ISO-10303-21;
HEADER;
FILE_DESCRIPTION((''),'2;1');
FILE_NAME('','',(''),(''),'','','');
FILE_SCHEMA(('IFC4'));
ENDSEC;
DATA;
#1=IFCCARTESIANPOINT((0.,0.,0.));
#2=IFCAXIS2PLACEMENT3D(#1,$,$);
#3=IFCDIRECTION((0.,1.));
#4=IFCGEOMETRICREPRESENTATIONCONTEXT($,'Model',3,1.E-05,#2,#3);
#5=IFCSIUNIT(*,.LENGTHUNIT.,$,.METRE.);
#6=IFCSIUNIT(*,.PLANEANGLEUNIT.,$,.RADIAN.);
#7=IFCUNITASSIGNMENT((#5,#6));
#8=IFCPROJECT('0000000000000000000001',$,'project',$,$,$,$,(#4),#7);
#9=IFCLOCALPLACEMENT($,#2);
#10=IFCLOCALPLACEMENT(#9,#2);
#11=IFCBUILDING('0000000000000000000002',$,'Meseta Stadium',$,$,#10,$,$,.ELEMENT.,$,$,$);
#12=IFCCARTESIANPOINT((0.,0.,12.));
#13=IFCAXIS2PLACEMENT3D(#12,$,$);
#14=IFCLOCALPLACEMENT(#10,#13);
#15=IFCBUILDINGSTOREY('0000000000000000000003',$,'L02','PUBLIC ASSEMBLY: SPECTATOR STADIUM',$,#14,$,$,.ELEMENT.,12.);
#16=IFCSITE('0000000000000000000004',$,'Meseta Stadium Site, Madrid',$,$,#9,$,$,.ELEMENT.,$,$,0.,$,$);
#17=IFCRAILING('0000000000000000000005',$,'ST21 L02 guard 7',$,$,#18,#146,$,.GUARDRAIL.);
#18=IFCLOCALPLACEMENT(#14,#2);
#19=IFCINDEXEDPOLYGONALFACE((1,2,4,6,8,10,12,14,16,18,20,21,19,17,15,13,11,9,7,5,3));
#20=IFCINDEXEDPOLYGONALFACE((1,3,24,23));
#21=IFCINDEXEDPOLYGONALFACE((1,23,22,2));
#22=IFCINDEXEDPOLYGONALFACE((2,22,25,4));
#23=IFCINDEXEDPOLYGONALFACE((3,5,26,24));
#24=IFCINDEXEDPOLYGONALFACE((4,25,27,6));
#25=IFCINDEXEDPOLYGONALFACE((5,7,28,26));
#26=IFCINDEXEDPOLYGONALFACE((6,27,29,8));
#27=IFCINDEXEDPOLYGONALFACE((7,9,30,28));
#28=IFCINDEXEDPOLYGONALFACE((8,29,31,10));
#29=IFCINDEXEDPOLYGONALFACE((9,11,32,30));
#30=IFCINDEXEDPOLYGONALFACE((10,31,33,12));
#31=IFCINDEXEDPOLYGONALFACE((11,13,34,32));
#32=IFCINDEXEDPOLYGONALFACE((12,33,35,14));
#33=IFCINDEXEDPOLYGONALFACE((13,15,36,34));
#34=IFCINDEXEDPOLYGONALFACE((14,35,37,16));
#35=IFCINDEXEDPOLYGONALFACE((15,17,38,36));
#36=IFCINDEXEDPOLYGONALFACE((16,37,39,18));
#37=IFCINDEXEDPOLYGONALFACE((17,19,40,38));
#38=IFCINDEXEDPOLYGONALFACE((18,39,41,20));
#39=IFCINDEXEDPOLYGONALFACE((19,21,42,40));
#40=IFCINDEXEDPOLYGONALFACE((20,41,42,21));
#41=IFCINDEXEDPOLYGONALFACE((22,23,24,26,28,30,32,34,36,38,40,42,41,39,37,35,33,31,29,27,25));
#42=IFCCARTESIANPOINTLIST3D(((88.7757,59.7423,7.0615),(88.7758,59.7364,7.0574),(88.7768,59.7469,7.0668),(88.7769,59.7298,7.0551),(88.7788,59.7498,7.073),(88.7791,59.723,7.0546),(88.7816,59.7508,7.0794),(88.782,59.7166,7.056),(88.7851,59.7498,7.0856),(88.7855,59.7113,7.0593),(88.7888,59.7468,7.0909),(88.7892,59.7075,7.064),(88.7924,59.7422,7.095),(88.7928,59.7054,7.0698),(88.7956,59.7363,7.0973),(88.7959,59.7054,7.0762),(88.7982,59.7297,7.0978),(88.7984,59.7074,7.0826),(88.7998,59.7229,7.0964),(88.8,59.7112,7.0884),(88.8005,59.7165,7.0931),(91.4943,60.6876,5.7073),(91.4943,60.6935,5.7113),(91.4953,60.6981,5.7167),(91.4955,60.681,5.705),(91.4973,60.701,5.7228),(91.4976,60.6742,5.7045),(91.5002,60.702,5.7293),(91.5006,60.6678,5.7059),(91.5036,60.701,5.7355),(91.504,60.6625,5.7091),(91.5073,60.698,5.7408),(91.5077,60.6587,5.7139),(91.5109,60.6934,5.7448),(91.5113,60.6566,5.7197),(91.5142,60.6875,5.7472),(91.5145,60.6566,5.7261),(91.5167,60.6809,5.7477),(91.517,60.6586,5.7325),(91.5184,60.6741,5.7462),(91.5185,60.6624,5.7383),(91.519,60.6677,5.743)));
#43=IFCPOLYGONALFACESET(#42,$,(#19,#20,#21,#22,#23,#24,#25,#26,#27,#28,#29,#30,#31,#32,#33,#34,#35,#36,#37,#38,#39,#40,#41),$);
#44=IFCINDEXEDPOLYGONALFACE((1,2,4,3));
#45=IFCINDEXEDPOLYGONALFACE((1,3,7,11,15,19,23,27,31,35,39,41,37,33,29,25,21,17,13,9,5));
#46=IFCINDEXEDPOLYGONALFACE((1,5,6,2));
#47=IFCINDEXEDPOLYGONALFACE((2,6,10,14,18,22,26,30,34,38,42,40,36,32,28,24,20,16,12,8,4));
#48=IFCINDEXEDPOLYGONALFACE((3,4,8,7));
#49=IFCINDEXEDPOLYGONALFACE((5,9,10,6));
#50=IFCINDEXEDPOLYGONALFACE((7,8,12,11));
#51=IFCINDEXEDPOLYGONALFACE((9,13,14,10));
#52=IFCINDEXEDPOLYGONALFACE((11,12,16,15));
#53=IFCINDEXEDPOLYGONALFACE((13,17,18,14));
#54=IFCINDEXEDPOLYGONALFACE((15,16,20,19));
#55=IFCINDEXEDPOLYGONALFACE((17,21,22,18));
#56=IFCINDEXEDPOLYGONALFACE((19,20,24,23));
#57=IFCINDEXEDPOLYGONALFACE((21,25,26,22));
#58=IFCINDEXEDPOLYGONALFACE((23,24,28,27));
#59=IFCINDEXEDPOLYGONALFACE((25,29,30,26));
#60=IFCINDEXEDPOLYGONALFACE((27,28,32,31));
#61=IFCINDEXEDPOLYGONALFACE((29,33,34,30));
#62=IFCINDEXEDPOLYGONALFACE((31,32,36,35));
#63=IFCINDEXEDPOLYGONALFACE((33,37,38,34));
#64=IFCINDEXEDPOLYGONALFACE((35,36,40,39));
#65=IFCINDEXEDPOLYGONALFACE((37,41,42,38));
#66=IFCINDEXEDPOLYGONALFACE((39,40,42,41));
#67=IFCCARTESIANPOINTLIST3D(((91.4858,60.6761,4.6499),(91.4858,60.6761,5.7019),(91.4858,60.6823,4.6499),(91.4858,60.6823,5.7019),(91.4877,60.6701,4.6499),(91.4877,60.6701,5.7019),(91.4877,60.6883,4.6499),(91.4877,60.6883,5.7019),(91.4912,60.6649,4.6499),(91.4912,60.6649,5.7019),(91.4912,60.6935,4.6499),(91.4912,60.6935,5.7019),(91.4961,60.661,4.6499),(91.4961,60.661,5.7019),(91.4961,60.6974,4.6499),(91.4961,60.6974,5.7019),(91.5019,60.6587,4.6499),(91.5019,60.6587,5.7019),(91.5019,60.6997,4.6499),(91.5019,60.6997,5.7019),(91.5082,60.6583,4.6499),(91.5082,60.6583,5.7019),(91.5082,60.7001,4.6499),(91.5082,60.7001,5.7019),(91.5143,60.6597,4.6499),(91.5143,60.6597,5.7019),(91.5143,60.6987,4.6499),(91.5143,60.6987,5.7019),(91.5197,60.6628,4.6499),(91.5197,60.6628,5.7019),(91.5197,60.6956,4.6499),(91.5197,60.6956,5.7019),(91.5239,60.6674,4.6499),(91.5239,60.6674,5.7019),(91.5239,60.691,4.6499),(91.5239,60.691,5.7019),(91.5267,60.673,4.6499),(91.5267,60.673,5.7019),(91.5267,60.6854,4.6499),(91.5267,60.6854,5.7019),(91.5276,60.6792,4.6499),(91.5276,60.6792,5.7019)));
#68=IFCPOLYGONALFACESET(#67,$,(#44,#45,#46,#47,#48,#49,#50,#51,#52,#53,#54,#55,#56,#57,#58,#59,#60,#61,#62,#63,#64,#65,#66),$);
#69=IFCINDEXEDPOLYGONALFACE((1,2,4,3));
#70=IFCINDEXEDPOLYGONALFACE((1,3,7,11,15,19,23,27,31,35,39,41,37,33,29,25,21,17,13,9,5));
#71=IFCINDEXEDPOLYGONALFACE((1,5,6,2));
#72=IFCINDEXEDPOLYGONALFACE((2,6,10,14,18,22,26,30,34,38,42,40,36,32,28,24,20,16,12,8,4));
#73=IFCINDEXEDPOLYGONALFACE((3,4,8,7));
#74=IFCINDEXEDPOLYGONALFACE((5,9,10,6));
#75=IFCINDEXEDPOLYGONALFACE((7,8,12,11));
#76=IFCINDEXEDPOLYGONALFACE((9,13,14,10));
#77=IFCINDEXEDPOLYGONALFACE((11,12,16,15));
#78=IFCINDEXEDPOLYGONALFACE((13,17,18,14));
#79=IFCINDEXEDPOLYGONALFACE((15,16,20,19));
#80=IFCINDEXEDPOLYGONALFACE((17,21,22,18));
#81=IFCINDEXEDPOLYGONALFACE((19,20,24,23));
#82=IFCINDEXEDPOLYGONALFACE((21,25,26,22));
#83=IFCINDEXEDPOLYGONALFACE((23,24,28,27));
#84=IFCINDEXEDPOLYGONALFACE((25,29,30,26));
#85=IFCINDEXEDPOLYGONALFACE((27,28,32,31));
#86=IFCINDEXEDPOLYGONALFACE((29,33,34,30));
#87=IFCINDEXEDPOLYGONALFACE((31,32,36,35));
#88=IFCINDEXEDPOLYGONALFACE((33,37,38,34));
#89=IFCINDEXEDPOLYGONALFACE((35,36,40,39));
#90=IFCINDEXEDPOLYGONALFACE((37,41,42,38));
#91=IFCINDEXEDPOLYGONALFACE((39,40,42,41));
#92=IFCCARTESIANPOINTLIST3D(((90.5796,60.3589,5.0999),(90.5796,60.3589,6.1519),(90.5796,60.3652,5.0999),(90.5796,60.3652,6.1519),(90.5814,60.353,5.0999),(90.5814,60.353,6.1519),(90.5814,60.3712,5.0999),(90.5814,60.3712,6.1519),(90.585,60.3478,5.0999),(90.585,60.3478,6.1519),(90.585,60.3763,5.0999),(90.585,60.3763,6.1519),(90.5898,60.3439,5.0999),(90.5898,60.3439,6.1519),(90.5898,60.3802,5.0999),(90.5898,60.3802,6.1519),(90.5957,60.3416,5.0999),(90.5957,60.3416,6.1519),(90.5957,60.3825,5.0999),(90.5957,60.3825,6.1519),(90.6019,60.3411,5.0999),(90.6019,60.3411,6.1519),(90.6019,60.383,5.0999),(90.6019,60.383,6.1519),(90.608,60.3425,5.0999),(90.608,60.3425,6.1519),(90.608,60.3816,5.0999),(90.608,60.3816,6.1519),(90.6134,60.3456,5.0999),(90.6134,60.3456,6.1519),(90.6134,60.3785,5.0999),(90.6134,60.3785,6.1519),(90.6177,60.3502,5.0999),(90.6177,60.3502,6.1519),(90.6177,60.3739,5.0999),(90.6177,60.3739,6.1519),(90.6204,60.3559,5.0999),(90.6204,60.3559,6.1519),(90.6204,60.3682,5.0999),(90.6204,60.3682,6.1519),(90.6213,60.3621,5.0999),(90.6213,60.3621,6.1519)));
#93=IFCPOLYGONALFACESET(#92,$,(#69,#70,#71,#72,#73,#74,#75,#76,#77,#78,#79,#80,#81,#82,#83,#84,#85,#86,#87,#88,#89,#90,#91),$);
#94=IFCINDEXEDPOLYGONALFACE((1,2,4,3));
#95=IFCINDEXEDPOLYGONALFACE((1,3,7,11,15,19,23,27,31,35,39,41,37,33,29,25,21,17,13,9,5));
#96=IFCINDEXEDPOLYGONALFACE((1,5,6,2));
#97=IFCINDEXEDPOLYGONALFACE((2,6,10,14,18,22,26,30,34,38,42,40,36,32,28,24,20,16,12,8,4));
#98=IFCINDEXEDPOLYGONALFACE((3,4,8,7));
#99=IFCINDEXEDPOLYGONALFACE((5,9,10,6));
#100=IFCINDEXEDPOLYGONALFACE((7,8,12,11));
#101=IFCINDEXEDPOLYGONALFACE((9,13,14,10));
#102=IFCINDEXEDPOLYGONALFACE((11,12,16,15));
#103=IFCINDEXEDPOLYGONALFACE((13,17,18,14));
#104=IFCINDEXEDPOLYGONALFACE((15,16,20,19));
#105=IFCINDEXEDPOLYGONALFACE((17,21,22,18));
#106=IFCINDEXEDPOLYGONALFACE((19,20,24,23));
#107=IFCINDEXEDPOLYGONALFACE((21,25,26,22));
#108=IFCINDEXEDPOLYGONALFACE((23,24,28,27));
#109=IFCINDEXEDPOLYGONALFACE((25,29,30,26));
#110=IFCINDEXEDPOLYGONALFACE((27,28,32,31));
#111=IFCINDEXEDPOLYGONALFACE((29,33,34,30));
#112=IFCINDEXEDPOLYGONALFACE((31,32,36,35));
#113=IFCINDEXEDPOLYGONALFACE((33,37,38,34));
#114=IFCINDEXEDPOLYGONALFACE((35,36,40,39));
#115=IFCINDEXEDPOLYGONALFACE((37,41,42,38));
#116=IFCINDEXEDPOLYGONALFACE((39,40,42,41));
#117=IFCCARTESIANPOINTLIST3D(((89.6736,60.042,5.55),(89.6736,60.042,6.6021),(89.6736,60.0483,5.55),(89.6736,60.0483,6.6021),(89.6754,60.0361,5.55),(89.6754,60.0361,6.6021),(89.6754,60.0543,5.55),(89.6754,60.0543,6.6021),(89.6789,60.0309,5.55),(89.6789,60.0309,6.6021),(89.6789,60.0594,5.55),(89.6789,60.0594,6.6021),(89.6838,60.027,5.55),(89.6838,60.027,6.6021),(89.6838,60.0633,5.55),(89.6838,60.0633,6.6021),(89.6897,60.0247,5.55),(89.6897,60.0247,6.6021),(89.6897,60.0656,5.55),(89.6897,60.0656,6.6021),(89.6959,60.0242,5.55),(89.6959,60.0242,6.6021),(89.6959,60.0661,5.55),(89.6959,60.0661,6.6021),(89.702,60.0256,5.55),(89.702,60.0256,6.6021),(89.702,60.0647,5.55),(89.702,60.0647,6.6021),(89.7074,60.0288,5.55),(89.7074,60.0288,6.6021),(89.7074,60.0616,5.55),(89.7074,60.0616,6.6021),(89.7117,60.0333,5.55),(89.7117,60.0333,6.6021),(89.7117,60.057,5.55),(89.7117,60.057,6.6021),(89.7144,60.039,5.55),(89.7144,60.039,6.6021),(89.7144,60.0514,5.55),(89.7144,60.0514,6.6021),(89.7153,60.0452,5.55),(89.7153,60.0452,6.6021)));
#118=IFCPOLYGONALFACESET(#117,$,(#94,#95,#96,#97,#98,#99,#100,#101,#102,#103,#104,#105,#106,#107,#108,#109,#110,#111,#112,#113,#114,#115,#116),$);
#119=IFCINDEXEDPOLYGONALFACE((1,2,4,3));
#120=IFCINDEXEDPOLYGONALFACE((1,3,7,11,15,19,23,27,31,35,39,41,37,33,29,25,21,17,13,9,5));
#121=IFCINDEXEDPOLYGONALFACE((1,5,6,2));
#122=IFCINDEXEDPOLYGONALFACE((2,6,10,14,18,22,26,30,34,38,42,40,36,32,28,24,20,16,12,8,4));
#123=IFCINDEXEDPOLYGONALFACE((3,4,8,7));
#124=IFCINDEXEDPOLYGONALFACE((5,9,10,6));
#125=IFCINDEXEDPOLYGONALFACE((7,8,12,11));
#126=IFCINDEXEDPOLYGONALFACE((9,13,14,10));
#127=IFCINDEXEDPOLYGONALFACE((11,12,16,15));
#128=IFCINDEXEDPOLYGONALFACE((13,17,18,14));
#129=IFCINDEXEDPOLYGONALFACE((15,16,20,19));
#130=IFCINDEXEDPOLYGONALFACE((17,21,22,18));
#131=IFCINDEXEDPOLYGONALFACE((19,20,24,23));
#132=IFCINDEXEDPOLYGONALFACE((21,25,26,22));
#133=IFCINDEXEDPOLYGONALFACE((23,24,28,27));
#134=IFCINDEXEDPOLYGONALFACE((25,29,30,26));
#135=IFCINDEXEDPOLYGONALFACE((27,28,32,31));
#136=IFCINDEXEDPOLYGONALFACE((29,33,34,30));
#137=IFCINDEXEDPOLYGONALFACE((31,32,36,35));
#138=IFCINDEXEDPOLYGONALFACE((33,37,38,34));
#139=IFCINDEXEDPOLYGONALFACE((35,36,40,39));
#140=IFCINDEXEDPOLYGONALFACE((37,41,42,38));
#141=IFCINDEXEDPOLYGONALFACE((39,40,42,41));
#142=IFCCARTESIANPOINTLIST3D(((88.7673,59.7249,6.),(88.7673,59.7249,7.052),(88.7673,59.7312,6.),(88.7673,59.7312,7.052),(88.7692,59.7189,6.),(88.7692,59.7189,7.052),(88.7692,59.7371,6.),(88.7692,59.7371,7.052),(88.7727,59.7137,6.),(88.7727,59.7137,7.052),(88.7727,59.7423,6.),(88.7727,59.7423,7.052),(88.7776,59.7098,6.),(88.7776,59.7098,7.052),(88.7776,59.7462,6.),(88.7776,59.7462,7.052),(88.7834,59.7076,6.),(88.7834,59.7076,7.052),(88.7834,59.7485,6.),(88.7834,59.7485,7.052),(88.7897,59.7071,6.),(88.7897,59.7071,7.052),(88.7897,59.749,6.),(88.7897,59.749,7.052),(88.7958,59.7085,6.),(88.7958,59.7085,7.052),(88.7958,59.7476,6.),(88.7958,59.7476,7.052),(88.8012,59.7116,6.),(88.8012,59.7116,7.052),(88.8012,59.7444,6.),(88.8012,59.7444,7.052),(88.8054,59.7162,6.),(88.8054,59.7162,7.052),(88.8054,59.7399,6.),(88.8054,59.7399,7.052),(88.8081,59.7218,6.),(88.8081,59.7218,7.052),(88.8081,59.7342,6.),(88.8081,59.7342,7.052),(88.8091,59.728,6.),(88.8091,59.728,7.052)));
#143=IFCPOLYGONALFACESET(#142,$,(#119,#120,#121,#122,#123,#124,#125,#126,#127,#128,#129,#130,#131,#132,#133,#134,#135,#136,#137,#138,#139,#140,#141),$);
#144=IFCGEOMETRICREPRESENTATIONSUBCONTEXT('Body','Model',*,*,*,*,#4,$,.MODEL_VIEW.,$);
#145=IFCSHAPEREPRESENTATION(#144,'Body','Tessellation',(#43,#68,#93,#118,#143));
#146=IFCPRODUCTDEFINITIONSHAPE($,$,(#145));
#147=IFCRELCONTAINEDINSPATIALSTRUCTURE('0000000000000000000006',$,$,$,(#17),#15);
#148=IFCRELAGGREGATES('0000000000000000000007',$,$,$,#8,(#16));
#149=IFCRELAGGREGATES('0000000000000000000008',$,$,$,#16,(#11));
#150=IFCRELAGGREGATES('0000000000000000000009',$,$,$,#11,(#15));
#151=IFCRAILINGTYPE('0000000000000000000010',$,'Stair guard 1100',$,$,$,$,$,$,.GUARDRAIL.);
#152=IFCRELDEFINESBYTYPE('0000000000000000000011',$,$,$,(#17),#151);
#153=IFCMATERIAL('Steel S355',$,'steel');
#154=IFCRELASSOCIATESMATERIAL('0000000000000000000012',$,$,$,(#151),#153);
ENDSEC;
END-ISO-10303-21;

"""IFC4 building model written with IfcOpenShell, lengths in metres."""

from ifc_helpers import new_model, si_unit, direction, frame, origin, origin_2d, place, context, subcontext, project, spatial, circle, extrude, material, type_object, element, save


model = new_model("IFC4")

# Units and contexts
model_context = context("Model", 3, precision=1e-05, world=origin(), true_north=direction((0.0, 1.0)))
body_context = subcontext(model_context, "Body", "Model", "MODEL_VIEW")
ifc_project = project(units=[si_unit("LENGTHUNIT", "METRE"), si_unit("PLANEANGLEUNIT", "RADIAN")], contexts=[model_context])

# Site, building, storey
site_placement = place(None, origin())
site = spatial("IfcSite", under=ifc_project, at=site_placement, Name="Meseta Stadium Site, Madrid", CompositionType="ELEMENT", RefElevation=0.0)
building_placement = place(site_placement, origin())
building = spatial("IfcBuilding", under=site, at=building_placement, Name="Meseta Stadium", CompositionType="ELEMENT")
storey_placement = place(building_placement, frame((0.0, 0.0, 12.0)))
storey = spatial("IfcBuildingStorey", under=building, at=storey_placement, Name="L02", Description="PUBLIC ASSEMBLY: SPECTATOR STADIUM", CompositionType="ELEMENT", Elevation=12.0)

# Railing
ifc_material_1 = material(Name="Steel S355", Category="steel")
railing_type_1 = type_object("IfcRailingType", Name="Stair guard 1100", PredefinedType="GUARDRAIL", material=ifc_material_1)
railing_1_placement = place(storey_placement, frame((91.5066, 60.6792, 4.6499)))
element("IfcRailing", 1, at=railing_1_placement, inside=storey, type_object=railing_type_1, Name="ST21 L02 guard 7", PredefinedType="GUARDRAIL", context=body_context, shape_type="SweptSolid", body=[
    extrude(circle(Radius=0.0239, at=origin_2d()), frame((0.0, 0.0, 1.0762), z_axis=(-0.854649, -0.299031, 0.424446), x_axis=(0.330256, -0.943891, 0.0)), (0.0, 0.0, 1.0), 3.1809),
    extrude(circle(Radius=0.021, at=origin_2d()), origin(), (0.0, 0.0, 1.0), 1.052),
    extrude(circle(Radius=0.021, at=origin_2d()), frame((-0.9062, -0.3171, 0.45)), (0.0, 0.0, 1.0), 1.052),
    extrude(circle(Radius=0.021, at=origin_2d()), frame((-1.8123, -0.634, 0.9001)), (0.0, 0.0, 1.0), 1.052),
    extrude(circle(Radius=0.021, at=origin_2d()), frame((-2.7185, -0.9512, 1.3501)), (0.0, 0.0, 1.0), 1.052),
])

save(model, "model.ifc")
